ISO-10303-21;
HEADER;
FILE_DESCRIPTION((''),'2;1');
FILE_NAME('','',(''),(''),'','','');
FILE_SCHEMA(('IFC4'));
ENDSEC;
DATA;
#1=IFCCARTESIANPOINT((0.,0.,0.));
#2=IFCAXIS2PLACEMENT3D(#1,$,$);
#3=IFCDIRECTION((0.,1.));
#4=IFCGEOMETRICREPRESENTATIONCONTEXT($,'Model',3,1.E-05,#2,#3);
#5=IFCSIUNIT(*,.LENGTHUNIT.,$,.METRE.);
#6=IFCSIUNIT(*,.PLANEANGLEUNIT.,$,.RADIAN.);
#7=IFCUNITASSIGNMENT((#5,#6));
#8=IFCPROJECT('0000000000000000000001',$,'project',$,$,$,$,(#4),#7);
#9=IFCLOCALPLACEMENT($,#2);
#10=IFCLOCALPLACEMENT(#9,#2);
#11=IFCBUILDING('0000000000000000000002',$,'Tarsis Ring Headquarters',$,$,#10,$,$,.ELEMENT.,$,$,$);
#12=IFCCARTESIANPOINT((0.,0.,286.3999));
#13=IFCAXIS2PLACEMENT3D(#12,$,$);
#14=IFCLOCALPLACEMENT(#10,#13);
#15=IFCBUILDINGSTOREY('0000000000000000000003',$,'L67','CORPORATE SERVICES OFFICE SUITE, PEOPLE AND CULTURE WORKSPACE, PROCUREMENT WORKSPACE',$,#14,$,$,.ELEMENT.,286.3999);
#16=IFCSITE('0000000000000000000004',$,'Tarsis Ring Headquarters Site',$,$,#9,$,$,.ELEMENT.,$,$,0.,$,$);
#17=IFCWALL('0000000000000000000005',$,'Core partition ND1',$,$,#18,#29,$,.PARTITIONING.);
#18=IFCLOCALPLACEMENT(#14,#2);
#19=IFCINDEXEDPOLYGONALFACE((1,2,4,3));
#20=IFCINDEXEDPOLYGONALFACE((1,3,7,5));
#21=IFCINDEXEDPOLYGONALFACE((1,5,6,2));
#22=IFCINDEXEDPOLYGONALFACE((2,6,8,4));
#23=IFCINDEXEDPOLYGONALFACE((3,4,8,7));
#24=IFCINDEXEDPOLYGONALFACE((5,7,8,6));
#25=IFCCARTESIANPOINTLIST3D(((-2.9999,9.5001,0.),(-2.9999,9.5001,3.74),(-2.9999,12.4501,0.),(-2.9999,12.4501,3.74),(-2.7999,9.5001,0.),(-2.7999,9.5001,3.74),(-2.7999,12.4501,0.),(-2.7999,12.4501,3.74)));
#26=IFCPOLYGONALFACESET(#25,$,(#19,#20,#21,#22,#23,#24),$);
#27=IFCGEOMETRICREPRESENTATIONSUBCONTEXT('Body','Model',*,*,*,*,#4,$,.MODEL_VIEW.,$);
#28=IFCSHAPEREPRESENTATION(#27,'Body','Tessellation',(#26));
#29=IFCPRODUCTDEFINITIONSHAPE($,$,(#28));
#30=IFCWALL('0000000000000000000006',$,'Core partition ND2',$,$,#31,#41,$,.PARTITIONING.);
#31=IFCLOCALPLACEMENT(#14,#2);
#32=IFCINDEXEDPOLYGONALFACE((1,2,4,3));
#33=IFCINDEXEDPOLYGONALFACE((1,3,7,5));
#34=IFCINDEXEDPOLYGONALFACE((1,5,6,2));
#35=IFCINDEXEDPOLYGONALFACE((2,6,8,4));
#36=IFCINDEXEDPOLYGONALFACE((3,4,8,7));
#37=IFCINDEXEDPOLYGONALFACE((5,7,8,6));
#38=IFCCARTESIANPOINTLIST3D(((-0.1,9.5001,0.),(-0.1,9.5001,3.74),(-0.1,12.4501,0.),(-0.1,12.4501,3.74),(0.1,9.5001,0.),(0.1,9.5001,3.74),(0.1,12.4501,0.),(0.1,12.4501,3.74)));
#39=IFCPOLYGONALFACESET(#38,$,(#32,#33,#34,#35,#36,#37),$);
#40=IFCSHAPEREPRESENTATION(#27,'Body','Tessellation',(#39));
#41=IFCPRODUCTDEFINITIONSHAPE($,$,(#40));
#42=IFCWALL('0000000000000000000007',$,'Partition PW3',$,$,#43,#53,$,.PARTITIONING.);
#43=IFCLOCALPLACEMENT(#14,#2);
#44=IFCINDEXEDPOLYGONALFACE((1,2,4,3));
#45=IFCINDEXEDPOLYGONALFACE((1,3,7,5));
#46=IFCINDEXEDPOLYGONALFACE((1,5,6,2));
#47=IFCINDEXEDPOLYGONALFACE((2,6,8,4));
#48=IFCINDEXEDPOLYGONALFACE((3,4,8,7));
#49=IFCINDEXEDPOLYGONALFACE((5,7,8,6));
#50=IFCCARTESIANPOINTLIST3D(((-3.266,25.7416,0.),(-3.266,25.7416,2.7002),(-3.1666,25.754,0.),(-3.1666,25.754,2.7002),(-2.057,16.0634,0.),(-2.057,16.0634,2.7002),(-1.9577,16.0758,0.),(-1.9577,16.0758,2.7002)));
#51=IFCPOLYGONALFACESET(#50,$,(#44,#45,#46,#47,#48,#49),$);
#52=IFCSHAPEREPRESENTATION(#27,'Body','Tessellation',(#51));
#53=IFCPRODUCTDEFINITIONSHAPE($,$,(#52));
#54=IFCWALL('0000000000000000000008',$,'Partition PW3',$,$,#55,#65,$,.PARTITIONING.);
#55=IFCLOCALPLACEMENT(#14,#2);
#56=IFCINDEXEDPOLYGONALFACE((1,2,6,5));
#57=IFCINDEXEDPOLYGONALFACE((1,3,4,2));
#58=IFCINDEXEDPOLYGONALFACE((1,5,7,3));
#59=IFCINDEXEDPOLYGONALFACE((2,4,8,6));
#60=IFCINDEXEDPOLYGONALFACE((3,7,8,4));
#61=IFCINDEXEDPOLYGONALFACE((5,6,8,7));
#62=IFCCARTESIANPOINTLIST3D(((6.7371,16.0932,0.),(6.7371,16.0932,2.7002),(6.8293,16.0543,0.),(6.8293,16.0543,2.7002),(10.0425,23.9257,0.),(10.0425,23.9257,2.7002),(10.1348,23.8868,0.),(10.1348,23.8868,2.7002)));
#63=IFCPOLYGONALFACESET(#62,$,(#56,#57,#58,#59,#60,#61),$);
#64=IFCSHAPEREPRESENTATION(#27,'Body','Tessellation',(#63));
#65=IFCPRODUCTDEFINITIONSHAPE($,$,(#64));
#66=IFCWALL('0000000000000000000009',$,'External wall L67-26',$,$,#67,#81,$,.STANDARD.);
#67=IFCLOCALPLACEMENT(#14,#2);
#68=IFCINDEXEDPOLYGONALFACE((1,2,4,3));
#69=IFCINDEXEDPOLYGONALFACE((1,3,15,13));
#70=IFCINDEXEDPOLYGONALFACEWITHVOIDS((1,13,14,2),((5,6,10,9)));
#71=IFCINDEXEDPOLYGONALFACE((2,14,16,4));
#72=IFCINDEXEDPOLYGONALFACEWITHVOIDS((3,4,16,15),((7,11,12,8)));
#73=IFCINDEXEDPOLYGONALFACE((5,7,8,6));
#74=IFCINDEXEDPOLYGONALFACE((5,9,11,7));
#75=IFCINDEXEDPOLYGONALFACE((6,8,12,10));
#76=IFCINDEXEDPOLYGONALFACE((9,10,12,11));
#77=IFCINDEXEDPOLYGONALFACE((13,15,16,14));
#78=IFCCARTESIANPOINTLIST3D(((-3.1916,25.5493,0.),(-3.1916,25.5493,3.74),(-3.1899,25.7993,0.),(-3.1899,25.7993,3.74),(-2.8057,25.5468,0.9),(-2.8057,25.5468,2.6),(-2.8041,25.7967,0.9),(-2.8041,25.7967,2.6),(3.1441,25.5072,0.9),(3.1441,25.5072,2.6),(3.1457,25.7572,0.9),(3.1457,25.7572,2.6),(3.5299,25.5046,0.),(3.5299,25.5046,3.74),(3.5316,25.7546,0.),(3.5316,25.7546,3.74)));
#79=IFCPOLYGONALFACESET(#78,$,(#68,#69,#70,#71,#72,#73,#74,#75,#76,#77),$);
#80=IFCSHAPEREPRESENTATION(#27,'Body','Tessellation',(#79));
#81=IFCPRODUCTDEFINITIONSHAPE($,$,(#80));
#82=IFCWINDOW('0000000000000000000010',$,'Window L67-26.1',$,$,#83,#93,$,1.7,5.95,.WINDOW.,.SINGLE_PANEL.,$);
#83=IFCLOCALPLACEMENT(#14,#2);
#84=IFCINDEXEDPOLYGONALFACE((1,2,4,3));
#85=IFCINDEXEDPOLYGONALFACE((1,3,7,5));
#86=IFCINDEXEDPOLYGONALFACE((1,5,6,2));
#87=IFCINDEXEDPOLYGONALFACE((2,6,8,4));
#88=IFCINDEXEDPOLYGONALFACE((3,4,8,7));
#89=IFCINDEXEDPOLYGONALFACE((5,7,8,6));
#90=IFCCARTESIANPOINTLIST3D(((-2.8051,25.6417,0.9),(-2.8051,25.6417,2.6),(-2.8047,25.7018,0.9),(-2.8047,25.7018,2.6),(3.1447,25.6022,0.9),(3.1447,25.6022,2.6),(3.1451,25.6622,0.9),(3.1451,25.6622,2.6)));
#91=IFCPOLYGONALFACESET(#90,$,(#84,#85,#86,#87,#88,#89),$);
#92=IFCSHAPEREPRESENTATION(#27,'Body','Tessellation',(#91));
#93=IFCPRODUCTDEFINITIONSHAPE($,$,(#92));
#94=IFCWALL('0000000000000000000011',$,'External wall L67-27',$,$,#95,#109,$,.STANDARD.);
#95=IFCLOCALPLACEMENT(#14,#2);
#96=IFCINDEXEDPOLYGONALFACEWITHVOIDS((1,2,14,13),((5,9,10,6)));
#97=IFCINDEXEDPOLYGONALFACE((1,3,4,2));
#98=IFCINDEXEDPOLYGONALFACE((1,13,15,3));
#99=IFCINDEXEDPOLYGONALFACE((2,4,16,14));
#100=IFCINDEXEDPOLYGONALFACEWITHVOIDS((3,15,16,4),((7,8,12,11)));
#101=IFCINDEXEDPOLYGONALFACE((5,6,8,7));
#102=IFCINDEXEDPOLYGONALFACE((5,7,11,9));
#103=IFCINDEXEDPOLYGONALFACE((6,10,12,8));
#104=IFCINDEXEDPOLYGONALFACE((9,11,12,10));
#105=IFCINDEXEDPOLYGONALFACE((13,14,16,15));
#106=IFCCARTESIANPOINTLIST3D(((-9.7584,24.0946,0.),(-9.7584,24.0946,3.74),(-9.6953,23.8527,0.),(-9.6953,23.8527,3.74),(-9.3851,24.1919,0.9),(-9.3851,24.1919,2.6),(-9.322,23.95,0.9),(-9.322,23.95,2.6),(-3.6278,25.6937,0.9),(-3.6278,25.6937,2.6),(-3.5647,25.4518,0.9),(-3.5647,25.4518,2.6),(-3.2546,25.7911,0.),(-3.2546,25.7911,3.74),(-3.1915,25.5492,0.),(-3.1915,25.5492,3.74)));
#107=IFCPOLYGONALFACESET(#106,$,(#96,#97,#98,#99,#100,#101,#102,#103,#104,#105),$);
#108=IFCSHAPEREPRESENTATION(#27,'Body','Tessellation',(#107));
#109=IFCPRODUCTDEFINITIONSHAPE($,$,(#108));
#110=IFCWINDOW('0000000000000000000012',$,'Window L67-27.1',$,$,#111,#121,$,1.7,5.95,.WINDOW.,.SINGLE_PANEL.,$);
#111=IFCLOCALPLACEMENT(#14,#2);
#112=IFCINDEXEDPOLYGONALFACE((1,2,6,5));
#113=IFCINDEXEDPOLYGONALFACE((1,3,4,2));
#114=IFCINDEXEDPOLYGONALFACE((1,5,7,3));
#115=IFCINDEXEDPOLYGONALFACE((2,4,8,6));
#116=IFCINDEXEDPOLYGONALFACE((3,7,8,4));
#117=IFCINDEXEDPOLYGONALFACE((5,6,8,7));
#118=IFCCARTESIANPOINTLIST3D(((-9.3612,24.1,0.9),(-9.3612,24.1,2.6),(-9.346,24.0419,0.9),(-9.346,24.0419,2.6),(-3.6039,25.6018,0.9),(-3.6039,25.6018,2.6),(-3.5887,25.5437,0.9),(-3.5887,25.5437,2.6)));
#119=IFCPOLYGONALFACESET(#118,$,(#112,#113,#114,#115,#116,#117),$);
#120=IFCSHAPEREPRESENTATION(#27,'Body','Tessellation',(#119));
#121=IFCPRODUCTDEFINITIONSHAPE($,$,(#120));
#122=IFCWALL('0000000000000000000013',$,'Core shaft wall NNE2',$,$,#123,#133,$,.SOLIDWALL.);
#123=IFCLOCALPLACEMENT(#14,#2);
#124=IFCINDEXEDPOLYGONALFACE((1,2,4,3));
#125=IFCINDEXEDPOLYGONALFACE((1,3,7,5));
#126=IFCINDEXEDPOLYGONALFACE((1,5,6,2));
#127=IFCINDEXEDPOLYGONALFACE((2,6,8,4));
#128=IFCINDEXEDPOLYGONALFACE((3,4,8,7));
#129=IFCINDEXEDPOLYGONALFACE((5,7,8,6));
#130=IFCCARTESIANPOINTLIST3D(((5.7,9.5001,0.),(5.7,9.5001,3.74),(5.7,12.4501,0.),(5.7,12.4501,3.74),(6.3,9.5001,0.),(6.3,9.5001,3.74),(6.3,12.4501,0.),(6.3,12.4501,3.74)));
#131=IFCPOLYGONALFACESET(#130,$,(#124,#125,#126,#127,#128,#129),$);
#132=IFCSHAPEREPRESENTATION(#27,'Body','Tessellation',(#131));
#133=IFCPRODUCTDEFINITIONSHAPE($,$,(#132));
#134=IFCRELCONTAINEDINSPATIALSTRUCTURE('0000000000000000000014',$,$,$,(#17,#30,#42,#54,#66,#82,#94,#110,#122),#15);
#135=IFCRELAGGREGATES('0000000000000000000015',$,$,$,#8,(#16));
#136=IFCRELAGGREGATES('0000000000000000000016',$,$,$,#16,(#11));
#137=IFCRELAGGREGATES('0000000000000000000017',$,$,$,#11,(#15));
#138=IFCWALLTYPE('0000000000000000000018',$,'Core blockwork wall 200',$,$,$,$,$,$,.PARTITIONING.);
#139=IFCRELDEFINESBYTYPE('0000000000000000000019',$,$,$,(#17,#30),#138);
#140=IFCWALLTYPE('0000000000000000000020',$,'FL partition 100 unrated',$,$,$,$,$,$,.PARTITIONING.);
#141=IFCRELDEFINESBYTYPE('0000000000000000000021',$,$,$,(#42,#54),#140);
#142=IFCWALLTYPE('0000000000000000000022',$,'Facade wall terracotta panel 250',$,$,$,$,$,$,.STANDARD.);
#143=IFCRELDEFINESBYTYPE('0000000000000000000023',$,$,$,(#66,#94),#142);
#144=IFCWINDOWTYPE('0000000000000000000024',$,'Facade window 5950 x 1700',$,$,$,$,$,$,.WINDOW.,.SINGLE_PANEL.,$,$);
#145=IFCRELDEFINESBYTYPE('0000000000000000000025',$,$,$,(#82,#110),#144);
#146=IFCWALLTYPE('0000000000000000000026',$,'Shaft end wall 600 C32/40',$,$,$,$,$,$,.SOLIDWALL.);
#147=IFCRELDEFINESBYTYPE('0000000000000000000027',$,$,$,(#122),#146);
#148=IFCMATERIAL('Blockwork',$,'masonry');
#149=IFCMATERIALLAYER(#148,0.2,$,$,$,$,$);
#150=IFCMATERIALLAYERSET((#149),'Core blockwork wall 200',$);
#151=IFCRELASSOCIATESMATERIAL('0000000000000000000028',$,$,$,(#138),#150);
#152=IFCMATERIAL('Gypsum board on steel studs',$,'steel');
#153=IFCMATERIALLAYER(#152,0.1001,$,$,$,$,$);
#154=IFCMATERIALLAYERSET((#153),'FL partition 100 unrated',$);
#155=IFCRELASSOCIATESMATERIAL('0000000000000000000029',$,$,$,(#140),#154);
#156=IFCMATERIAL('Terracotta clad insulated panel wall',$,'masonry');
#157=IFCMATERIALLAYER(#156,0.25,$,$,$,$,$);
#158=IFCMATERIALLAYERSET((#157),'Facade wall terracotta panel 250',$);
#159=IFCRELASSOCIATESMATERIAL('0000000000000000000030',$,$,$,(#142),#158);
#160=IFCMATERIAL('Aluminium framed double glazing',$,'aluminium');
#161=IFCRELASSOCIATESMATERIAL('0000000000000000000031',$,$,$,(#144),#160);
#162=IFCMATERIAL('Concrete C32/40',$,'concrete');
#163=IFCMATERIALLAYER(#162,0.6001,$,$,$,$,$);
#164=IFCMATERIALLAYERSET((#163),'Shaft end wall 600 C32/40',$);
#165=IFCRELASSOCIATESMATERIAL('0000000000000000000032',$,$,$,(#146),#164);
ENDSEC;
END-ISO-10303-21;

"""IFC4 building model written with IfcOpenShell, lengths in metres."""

from ifc_helpers import new_model, si_unit, direction, frame, frame_2d, origin, place, context, subcontext, project, spatial, rectangle, extrude, material, layer, layer_set, type_object, element, fill, save


model = new_model("IFC4")

# Units and contexts
model_context = context("Model", 3, precision=1e-05, world=origin(), true_north=direction((0.0, 1.0)))
body_context = subcontext(model_context, "Body", "Model", "MODEL_VIEW")
ifc_project = project(units=[si_unit("LENGTHUNIT", "METRE"), si_unit("PLANEANGLEUNIT", "RADIAN")], contexts=[model_context])

# Site, building, storey
site_placement = place(None, origin())
site = spatial("IfcSite", under=ifc_project, at=site_placement, Name="Tarsis Ring Headquarters Site", CompositionType="ELEMENT", RefElevation=0.0)
building_placement = place(site_placement, origin())
building = spatial("IfcBuilding", under=site, at=building_placement, Name="Tarsis Ring Headquarters", CompositionType="ELEMENT")
storey_placement = place(building_placement, frame((0.0, 0.0, 286.3999)))
storey = spatial("IfcBuildingStorey", under=building, at=storey_placement, Name="L67", Description="CORPORATE SERVICES OFFICE SUITE, PEOPLE AND CULTURE WORKSPACE, PROCUREMENT WORKSPACE", CompositionType="ELEMENT", Elevation=286.3999)

# Walls
ifc_material_1 = material(Name="Blockwork", Category="masonry")
ifc_layer_1 = layer(ifc_material_1, 0.2)
ifc_layer_set_1 = layer_set([ifc_layer_1], Name="Core blockwork wall 200")
wall_type_1 = type_object("IfcWallType", Name="Core blockwork wall 200", PredefinedType="PARTITIONING", material=ifc_layer_set_1)
for number, where, z_axis, x_axis, name in (
    (1, (-2.8999, 9.5, 0.0), (0.0, 0.0, 1.0), (0.0, 1.0, 0.0), "Core partition ND1"),
    (2, (0.0, 9.5, 0.0), (0.0, 0.0, 1.0), (0.0, 1.0, 0.0), "Core partition ND2"),
):
    element("IfcWall", number, at=place(storey_placement, frame(where, z_axis=z_axis, x_axis=x_axis)), inside=storey, type_object=wall_type_1, Name=name, PredefinedType="PARTITIONING", context=body_context, shape_type="SweptSolid", body=[
        extrude(rectangle(XDim=2.95, YDim=0.2, at=frame_2d((1.4751, 0.0))), origin(), (0.0, 0.0, 1.0), 3.74),
    ])
ifc_material_2 = material(Name="Gypsum board on steel studs", Category="steel")
ifc_layer_2 = layer(ifc_material_2, 0.1001)
ifc_layer_set_2 = layer_set([ifc_layer_2], Name="FL partition 100 unrated")
wall_type_2 = type_object("IfcWallType", Name="FL partition 100 unrated", PredefinedType="PARTITIONING", material=ifc_layer_set_2)
wall_1_placement = place(storey_placement, frame((-3.2163, 25.7478, 0.0), z_axis=(0.0, 0.0, 1.0), x_axis=(0.123955, -0.992288, 0.0)))
element("IfcWall", 3, at=wall_1_placement, inside=storey, type_object=wall_type_2, Name="Partition PW3", PredefinedType="PARTITIONING", context=body_context, shape_type="SweptSolid", body=[
    extrude(rectangle(XDim=9.7534, YDim=0.1001, at=frame_2d((4.8767, 0.0))), origin(), (0.0, 0.0, 1.0), 2.7002),
])
wall_2_placement = place(storey_placement, frame((6.7832, 16.0737, 0.0), z_axis=(0.0, 0.0, 1.0), x_axis=(0.388808, 0.921319, 0.0)))
element("IfcWall", 4, at=wall_2_placement, inside=storey, type_object=wall_type_2, Name="Partition PW3", PredefinedType="PARTITIONING", context=body_context, shape_type="SweptSolid", body=[
    extrude(rectangle(XDim=8.5015, YDim=0.1001, at=frame_2d((4.2507, 0.0))), origin(), (0.0, 0.0, 1.0), 2.7002),
])

# Walls, openings, windows
ifc_material_3 = material(Name="Terracotta clad insulated panel wall", Category="masonry")
ifc_layer_3 = layer(ifc_material_3, 0.25)
ifc_layer_set_3 = layer_set([ifc_layer_3], Name="Facade wall terracotta panel 250")
wall_type_3 = type_object("IfcWallType", Name="Facade wall terracotta panel 250", PredefinedType="STANDARD", material=ifc_layer_set_3)
wall_3_placement = place(storey_placement, frame((3.5308, 25.6296, 0.0), z_axis=(0.0, 0.0, 1.0), x_axis=(-0.999978, 0.006647, 0.0)))
wall_3 = element("IfcWall", 5, at=wall_3_placement, inside=storey, type_object=wall_type_3, Name="External wall L67-26", PredefinedType="STANDARD", context=body_context, shape_type="SweptSolid", body=[
    extrude(rectangle(XDim=6.7217, YDim=0.25, at=frame_2d((3.3608, 0.0))), origin(), (0.0, 0.0, 1.0), 3.74),
])
opening_1_placement = place(wall_3_placement, frame((0.3857, 0.0, 0.8999)))
opening_1 = element("IfcOpeningElement", 6, at=opening_1_placement, cuts=wall_3, PredefinedType="OPENING", context=body_context, shape_type="SweptSolid", body=[
    extrude(rectangle(XDim=5.95, YDim=1.7, at=frame_2d((2.9751, 0.8501))), frame((0.0, 0.135, 0.0), z_axis=(0.0, -1.0, 0.0), x_axis=(1.0, 0.0, 0.0)), (0.0, 0.0, 1.0), 0.27),
])
ifc_material_4 = material(Name="Aluminium framed double glazing", Category="aluminium")
window_type = type_object("IfcWindowType", Name="Facade window 5950 x 1700", PartitioningType="SINGLE_PANEL", PredefinedType="WINDOW", material=ifc_material_4)
window_1_placement = place(opening_1_placement, origin())
window_1 = element("IfcWindow", 7, at=window_1_placement, inside=storey, type_object=window_type, Name="Window L67-26.1", OverallHeight=1.7, OverallWidth=5.95, PartitioningType="SINGLE_PANEL", PredefinedType="WINDOW", context=body_context, shape_type="SweptSolid", body=[
    extrude(rectangle(XDim=5.95, YDim=1.7, at=frame_2d((2.9751, 0.8501))), frame((0.0, 0.03, 0.0), z_axis=(0.0, -1.0, 0.0), x_axis=(1.0, 0.0, 0.0)), (0.0, 0.0, 1.0), 0.0601),
])
fill(opening_1, window_1)
wall_4_placement = place(storey_placement, frame((-3.2229, 25.6702, 0.0), z_axis=(0.0, 0.0, 1.0), x_axis=(-0.967622, -0.252403, 0.0)))
wall_4 = element("IfcWall", 8, at=wall_4_placement, inside=storey, type_object=wall_type_3, Name="External wall L67-27", PredefinedType="STANDARD", context=body_context, shape_type="SweptSolid", body=[
    extrude(rectangle(XDim=6.7214, YDim=0.25, at=frame_2d((3.3608, 0.0))), origin(), (0.0, 0.0, 1.0), 3.74),
])
opening_2_placement = place(wall_4_placement, frame((0.3857, 0.0, 0.8999)))
opening_2 = element("IfcOpeningElement", 9, at=opening_2_placement, cuts=wall_4, PredefinedType="OPENING", context=body_context, shape_type="SweptSolid", body=[
    extrude(rectangle(XDim=5.95, YDim=1.7, at=frame_2d((2.9751, 0.8501))), frame((0.0, 0.135, 0.0), z_axis=(0.0, -1.0, 0.0), x_axis=(1.0, 0.0, 0.0)), (0.0, 0.0, 1.0), 0.27),
])
window_2_placement = place(opening_2_placement, origin())
window_2 = element("IfcWindow", 10, at=window_2_placement, inside=storey, type_object=window_type, Name="Window L67-27.1", OverallHeight=1.7, OverallWidth=5.95, PartitioningType="SINGLE_PANEL", PredefinedType="WINDOW", context=body_context, shape_type="SweptSolid", body=[
    extrude(rectangle(XDim=5.95, YDim=1.7, at=frame_2d((2.9751, 0.8501))), frame((0.0, 0.03, 0.0), z_axis=(0.0, -1.0, 0.0), x_axis=(1.0, 0.0, 0.0)), (0.0, 0.0, 1.0), 0.0601),
])
fill(opening_2, window_2)

# Wall
ifc_material_5 = material(Name="Concrete C32/40", Category="concrete")
ifc_layer_4 = layer(ifc_material_5, 0.6001)
ifc_layer_set_4 = layer_set([ifc_layer_4], Name="Shaft end wall 600 C32/40")
wall_type_4 = type_object("IfcWallType", Name="Shaft end wall 600 C32/40", PredefinedType="SOLIDWALL", material=ifc_layer_set_4)
wall_5_placement = place(storey_placement, frame((6.0, 9.5, 0.0), z_axis=(0.0, 0.0, 1.0), x_axis=(0.0, 1.0, 0.0)))
element("IfcWall", 11, at=wall_5_placement, inside=storey, type_object=wall_type_4, Name="Core shaft wall NNE2", PredefinedType="SOLIDWALL", context=body_context, shape_type="SweptSolid", body=[
    extrude(rectangle(XDim=2.95, YDim=0.6001, at=frame_2d((1.4751, 0.0))), origin(), (0.0, 0.0, 1.0), 3.74),
])

save(model, "model.ifc")
